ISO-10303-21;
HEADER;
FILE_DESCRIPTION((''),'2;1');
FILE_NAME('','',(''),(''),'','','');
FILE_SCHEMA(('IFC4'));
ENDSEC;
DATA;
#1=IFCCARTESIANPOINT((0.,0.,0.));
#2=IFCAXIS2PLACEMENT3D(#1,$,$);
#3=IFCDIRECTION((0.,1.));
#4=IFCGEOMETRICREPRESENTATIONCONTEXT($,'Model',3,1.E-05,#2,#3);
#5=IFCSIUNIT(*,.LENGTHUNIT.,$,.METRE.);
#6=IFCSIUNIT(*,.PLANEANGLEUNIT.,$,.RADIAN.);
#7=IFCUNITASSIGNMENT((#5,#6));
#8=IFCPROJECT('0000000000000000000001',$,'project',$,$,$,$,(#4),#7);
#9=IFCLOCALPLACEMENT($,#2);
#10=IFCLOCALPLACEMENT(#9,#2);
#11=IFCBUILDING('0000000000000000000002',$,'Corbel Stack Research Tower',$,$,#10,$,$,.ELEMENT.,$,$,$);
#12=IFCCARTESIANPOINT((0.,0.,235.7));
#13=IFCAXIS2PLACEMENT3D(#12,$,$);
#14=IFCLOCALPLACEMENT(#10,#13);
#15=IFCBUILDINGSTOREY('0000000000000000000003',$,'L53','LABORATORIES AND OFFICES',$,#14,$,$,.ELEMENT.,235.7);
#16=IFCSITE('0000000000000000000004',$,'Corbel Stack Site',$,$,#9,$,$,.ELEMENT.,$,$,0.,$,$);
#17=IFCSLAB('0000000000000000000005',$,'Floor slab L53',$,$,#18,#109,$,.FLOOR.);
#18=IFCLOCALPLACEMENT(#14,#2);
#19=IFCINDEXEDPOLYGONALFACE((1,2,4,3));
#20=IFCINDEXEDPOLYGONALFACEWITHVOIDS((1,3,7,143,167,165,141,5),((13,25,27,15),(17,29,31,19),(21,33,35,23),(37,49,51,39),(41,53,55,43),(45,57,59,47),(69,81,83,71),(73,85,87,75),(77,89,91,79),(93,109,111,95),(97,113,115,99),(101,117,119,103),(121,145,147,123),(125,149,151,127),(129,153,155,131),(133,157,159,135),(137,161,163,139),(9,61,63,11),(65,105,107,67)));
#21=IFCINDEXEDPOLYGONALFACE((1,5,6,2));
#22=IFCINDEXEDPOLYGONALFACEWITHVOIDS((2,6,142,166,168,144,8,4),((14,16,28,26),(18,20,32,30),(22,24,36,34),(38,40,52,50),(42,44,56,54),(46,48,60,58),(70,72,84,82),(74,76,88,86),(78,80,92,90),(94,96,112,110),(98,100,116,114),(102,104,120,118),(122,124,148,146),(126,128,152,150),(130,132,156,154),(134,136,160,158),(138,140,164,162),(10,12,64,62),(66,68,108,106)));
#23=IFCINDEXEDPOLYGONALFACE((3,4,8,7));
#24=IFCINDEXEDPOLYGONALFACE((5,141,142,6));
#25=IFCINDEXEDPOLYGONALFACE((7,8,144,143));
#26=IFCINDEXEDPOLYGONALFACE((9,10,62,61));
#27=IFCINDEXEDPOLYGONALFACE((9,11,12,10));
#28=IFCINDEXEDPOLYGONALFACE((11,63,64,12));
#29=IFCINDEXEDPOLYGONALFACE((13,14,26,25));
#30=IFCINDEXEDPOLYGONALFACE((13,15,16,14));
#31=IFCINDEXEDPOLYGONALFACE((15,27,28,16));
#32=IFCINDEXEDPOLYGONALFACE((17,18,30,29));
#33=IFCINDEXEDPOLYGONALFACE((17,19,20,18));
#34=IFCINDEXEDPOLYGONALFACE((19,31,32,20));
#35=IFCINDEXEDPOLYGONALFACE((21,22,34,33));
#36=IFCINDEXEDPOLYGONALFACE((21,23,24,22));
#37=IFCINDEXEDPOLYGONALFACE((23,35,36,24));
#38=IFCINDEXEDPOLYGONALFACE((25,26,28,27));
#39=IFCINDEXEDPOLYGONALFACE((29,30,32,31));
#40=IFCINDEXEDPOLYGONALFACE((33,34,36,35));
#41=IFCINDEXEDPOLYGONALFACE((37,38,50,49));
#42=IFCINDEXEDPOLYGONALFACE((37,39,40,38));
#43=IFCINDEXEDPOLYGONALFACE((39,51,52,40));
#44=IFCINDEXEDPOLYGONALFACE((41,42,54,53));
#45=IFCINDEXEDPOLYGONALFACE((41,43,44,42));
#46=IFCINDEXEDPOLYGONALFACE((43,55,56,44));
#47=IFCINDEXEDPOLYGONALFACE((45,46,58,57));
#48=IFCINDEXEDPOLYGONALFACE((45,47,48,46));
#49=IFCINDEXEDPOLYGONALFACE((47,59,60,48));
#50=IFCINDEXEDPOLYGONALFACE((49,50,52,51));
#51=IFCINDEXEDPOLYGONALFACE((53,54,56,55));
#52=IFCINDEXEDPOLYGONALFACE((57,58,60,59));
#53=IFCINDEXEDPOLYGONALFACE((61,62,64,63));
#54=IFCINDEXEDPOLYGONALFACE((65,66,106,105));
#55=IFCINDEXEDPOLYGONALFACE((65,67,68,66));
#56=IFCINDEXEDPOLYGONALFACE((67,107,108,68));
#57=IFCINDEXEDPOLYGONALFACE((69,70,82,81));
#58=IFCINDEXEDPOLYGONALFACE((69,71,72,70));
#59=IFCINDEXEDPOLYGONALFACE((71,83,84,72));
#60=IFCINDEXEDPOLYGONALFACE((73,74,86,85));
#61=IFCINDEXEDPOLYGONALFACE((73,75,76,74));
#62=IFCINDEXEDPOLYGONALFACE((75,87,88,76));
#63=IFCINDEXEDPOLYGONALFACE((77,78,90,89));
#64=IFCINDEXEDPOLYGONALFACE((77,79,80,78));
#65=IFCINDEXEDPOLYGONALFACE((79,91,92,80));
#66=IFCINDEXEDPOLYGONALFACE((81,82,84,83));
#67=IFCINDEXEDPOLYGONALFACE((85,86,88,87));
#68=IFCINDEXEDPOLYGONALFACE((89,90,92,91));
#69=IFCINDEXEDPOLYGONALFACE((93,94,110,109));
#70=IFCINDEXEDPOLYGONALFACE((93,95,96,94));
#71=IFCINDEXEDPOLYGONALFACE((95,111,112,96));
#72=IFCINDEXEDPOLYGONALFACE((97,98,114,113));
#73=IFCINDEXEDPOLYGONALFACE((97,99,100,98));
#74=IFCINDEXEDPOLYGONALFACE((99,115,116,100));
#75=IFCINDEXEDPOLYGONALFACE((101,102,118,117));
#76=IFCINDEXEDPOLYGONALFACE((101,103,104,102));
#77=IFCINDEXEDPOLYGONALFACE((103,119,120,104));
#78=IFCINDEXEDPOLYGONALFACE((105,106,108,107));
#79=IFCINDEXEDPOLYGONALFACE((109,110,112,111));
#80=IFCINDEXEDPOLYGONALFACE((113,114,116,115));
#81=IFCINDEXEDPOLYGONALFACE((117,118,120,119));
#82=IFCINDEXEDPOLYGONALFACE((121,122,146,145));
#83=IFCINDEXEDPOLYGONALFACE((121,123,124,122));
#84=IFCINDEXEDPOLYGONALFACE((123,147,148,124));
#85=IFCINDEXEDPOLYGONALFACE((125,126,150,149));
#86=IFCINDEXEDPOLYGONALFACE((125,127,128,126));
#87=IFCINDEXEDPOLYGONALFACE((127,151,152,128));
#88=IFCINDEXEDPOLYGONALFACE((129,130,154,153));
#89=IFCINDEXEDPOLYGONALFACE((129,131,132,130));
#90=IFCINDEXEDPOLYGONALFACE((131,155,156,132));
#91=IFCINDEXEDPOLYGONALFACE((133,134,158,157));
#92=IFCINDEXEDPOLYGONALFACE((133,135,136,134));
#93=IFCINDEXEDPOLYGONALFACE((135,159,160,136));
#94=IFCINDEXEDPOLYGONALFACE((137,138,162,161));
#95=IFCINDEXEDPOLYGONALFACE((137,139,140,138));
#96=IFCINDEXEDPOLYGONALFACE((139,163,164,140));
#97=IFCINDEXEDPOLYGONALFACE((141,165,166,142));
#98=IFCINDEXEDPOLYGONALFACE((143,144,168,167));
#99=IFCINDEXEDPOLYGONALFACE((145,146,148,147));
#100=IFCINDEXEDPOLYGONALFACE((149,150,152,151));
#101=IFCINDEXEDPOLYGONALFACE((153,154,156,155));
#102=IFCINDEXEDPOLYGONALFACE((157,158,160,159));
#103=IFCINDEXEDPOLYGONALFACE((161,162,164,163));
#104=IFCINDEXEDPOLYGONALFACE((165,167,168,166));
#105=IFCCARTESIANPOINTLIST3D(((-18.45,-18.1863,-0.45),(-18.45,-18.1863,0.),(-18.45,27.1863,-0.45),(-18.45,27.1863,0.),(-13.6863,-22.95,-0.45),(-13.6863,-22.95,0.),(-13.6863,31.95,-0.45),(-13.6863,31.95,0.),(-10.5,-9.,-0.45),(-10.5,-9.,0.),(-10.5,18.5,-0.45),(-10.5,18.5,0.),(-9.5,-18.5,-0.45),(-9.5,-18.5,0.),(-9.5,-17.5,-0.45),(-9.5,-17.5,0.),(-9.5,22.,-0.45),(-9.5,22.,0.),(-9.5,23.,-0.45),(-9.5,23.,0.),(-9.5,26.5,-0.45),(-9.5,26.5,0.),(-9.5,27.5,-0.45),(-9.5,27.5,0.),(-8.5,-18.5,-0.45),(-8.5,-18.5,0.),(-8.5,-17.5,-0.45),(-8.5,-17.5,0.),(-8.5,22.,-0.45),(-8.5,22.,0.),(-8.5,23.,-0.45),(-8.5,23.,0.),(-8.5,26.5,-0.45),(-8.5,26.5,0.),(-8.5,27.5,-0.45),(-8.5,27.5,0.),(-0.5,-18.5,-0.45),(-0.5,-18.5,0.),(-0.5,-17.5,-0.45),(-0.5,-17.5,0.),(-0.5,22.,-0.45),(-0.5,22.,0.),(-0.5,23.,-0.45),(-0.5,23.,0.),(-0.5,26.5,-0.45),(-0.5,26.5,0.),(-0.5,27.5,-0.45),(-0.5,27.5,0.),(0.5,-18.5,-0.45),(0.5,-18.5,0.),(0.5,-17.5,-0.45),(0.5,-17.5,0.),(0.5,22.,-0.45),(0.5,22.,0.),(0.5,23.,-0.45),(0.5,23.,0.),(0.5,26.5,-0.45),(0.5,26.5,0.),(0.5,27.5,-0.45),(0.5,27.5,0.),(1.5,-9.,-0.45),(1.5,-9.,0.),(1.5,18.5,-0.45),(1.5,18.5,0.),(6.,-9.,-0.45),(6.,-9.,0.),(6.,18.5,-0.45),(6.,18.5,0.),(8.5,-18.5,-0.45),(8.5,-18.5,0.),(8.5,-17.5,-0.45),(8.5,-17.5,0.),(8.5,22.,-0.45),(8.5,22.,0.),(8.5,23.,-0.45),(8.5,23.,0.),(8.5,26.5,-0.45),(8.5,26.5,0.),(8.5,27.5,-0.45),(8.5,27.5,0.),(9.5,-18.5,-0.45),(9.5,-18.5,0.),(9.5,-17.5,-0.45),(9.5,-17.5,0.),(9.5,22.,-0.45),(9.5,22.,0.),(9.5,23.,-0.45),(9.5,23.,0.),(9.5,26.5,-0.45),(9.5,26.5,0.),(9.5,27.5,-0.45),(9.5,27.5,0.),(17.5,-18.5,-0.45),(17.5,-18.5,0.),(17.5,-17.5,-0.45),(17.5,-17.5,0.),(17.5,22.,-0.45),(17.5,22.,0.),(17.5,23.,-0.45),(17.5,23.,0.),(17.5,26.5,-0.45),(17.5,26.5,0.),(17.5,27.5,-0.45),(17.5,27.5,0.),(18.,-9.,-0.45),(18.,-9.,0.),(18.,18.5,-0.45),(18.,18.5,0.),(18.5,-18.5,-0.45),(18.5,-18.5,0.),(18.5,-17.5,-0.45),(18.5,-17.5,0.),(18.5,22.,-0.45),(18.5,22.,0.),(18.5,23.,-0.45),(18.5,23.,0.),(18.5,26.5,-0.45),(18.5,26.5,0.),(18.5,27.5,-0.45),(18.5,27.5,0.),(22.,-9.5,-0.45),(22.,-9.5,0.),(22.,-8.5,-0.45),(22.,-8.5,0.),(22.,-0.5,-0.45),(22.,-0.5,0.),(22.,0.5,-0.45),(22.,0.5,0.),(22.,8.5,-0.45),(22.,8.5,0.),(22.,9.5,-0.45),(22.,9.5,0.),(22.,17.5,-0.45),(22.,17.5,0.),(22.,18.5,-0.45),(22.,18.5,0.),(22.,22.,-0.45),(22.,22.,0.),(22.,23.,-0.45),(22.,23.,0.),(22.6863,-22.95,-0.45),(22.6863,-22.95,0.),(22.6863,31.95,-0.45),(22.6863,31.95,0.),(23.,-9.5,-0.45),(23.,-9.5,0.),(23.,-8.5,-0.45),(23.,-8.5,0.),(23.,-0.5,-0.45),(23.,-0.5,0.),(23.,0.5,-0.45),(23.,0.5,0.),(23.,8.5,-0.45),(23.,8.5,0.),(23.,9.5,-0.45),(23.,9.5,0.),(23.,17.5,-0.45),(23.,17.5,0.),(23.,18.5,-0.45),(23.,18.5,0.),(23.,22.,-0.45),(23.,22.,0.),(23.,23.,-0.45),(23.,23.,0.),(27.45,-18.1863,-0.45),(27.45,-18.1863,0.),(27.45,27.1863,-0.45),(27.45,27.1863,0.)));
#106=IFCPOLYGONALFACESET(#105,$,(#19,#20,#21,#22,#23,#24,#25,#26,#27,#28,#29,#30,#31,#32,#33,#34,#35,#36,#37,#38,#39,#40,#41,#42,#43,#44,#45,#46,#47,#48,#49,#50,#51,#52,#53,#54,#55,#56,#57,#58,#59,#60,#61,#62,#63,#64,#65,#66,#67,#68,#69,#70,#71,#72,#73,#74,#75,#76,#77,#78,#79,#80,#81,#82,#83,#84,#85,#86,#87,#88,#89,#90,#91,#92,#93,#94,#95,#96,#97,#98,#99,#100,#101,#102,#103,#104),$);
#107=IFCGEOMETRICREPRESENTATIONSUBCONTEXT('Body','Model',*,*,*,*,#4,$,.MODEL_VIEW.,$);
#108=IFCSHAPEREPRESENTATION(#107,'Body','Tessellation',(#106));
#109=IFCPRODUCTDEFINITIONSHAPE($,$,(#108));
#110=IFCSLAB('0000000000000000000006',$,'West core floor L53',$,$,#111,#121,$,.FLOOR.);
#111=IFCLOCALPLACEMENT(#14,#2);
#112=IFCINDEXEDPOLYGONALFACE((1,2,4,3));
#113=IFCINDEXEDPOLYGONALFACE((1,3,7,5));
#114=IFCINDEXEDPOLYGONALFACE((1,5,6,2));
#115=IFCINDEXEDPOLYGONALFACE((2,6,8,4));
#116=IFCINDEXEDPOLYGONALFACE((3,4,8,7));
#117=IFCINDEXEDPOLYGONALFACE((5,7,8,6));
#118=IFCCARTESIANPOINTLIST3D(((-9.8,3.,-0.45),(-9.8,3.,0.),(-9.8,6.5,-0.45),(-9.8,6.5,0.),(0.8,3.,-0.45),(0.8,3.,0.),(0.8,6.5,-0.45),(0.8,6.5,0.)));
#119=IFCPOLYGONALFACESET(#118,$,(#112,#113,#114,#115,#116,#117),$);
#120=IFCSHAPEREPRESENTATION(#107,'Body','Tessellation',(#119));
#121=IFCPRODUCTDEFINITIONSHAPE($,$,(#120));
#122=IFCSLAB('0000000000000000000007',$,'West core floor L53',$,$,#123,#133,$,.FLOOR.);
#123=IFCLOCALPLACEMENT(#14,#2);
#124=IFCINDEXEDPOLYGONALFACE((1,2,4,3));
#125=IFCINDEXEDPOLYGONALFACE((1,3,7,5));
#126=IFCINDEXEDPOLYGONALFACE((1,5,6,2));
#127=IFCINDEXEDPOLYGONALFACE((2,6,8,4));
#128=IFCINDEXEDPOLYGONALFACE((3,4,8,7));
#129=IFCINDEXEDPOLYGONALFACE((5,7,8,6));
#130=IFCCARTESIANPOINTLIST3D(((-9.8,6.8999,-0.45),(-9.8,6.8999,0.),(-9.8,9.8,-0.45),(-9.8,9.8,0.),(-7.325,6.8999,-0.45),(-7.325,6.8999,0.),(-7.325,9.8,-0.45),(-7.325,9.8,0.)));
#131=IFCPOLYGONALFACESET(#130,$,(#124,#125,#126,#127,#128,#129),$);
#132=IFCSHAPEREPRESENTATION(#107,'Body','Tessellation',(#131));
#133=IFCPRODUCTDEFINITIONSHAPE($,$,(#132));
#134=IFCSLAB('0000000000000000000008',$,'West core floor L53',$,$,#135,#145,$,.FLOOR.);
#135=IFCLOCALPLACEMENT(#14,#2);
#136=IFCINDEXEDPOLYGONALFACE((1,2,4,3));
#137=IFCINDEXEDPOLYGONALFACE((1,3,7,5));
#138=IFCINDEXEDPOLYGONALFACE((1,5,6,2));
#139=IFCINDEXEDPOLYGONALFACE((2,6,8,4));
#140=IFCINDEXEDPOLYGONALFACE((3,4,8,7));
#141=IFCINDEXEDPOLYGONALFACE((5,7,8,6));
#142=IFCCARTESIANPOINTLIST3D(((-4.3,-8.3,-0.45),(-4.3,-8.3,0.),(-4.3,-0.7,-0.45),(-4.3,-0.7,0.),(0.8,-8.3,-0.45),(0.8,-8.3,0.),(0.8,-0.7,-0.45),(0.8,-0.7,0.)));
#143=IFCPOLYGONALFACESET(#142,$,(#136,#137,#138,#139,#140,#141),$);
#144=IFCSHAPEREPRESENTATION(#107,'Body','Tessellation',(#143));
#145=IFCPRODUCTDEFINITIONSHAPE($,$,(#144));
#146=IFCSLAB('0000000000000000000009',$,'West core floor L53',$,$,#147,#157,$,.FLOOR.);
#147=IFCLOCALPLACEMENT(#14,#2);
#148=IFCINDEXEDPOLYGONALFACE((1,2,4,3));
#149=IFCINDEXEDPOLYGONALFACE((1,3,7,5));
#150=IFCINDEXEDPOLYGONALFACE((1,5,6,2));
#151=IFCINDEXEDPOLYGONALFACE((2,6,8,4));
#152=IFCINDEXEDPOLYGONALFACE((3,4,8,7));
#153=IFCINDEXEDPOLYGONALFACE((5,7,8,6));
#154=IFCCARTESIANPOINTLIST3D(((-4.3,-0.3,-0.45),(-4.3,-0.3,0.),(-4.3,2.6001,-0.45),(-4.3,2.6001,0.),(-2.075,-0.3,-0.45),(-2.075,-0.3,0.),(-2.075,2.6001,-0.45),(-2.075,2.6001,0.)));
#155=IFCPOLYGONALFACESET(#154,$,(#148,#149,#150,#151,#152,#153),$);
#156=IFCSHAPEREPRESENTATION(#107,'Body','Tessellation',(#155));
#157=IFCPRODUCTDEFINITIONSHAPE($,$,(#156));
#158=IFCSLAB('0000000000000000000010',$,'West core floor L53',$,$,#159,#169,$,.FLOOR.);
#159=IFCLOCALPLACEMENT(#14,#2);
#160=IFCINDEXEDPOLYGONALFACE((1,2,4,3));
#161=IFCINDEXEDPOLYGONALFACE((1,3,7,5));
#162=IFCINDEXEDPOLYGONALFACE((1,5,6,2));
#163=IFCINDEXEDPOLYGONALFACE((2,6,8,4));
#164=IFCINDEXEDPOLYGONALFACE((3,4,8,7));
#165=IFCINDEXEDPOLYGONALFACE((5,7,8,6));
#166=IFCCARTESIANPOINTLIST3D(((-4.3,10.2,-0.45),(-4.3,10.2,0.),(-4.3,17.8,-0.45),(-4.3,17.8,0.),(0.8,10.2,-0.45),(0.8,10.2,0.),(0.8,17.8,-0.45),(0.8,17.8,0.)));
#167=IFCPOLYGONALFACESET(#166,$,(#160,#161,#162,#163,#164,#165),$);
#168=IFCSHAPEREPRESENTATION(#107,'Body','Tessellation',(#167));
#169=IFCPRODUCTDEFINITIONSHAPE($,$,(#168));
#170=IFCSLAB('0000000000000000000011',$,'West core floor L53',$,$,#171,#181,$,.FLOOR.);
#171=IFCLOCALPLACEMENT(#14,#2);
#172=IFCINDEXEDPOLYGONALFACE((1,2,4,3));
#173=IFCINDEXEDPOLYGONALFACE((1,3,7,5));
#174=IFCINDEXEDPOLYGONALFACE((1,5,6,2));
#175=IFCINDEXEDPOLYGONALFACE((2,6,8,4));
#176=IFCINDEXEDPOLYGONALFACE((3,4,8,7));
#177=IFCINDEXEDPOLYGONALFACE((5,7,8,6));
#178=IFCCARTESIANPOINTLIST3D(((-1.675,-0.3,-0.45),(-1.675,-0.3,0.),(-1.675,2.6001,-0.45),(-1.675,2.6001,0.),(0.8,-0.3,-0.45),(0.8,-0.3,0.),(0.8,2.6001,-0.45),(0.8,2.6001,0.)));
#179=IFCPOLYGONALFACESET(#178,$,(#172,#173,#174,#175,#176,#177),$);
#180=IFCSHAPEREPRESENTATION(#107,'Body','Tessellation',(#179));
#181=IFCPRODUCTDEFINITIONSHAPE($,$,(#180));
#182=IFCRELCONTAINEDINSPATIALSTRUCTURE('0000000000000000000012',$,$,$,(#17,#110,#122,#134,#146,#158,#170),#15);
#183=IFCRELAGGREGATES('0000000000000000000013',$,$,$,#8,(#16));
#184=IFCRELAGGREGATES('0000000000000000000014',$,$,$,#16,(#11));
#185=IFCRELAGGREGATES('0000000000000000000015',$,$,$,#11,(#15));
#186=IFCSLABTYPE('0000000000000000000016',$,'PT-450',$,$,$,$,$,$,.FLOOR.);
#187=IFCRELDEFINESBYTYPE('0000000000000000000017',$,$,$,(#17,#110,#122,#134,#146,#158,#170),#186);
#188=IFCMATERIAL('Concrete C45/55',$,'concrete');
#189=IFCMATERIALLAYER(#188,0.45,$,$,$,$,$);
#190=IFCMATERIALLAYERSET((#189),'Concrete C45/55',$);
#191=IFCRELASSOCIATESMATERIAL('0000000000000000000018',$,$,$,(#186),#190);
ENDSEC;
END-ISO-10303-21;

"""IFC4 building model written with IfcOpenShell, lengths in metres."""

from ifc_helpers import new_model, si_unit, direction, frame, origin, place, context, subcontext, project, spatial, polyline, outline, extrude, material, layer, layer_set, type_object, element, save


model = new_model("IFC4")

# Units and contexts
model_context = context("Model", 3, precision=1e-05, world=origin(), true_north=direction((0.0, 1.0)))
body_context = subcontext(model_context, "Body", "Model", "MODEL_VIEW")
ifc_project = project(units=[si_unit("LENGTHUNIT", "METRE"), si_unit("PLANEANGLEUNIT", "RADIAN")], contexts=[model_context])

# Site, building, storey
site_placement = place(None, origin())
site = spatial("IfcSite", under=ifc_project, at=site_placement, Name="Corbel Stack Site", CompositionType="ELEMENT", RefElevation=0.0)
building_placement = place(site_placement, origin())
building = spatial("IfcBuilding", under=site, at=building_placement, Name="Corbel Stack Research Tower", CompositionType="ELEMENT")
storey_placement = place(building_placement, frame((0.0, 0.0, 235.7)))
storey = spatial("IfcBuildingStorey", under=building, at=storey_placement, Name="L53", Description="LABORATORIES AND OFFICES", CompositionType="ELEMENT", Elevation=235.7)

# Slabs
ifc_material_1 = material(Name="Concrete C45/55", Category="concrete")
ifc_layer_1 = layer(ifc_material_1, 0.45)
ifc_layer_set_1 = layer_set([ifc_layer_1], Name="Concrete C45/55")
slab_type_1 = type_object("IfcSlabType", Name="PT-450", PredefinedType="FLOOR", material=ifc_layer_set_1)
slab_1_placement = place(storey_placement, frame((0.0, 0.0, -0.45)))
element("IfcSlab", 1, at=slab_1_placement, inside=storey, type_object=slab_type_1, Name="Floor slab L53", PredefinedType="FLOOR", context=body_context, shape_type="SweptSolid", body=[
    extrude(outline(polyline([(-13.6863, -22.95), (22.6863, -22.95), (27.45, -18.1863), (27.45, 27.1863), (22.6863, 31.95), (-13.6863, 31.95), (-18.45, 27.1863), (-18.45, -18.1863), (-13.6863, -22.95)]), holes=[polyline([(22.0, 22.0), (22.0, 23.0), (23.0, 23.0), (23.0, 22.0), (22.0, 22.0)]), polyline([(23.0, 17.5), (22.0, 17.5), (22.0, 18.5), (23.0, 18.5), (23.0, 17.5)]), polyline([(23.0, 8.5), (22.0, 8.5), (22.0, 9.5), (23.0, 9.5), (23.0, 8.5)]), polyline([(22.0, -0.5), (22.0, 0.5), (23.0, 0.5), (23.0, -0.5), (22.0, -0.5)]), polyline([(23.0, -9.5), (22.0, -9.5), (22.0, -8.5), (23.0, -8.5), (23.0, -9.5)]), polyline([(17.5, 26.5), (17.5, 27.5), (18.5, 27.5), (18.5, 26.5), (17.5, 26.5)]), polyline([(18.5, 22.0), (17.5, 22.0), (17.5, 23.0), (18.5, 23.0), (18.5, 22.0)]), polyline([(18.5, -18.5), (17.5, -18.5), (17.5, -17.5), (18.5, -17.5), (18.5, -18.5)]), polyline([(6.0, -9.0), (6.0, 18.5), (18.0, 18.5), (18.0, -9.0), (6.0, -9.0)]), polyline([(9.5, 26.5), (8.5, 26.5), (8.5, 27.5), (9.5, 27.5), (9.5, 26.5)]), polyline([(9.5, 22.0), (8.5, 22.0), (8.5, 23.0), (9.5, 23.0), (9.5, 22.0)]), polyline([(9.5, -18.5), (8.5, -18.5), (8.5, -17.5), (9.5, -17.5), (9.5, -18.5)]), polyline([(1.5, -9.0), (-10.5, -9.0), (-10.5, 18.5), (1.5, 18.5), (1.5, -9.0)]), polyline([(-0.5, 26.5), (-0.5, 27.5), (0.5, 27.5), (0.5, 26.5), (-0.5, 26.5)]), polyline([(0.5, 22.0), (-0.5, 22.0), (-0.5, 23.0), (0.5, 23.0), (0.5, 22.0)]), polyline([(0.5, -18.5), (-0.5, -18.5), (-0.5, -17.5), (0.5, -17.5), (0.5, -18.5)]), polyline([(-9.5, 26.5), (-9.5, 27.5), (-8.5, 27.5), (-8.5, 26.5), (-9.5, 26.5)]), polyline([(-8.5, 22.0), (-9.5, 22.0), (-9.5, 23.0), (-8.5, 23.0), (-8.5, 22.0)]), polyline([(-8.5, -18.5), (-9.5, -18.5), (-9.5, -17.5), (-8.5, -17.5), (-8.5, -18.5)])]), origin(), (0.0, 0.0, 1.0), 0.45),
])
slab_2_placement = place(storey_placement, frame((0.0, 0.0, -0.45)))
element("IfcSlab", 2, at=slab_2_placement, inside=storey, type_object=slab_type_1, Name="West core floor L53", PredefinedType="FLOOR", context=body_context, shape_type="SweptSolid", body=[
    extrude(outline(polyline([(-9.8, 6.5), (-9.8, 3.0), (0.8, 3.0), (0.8, 6.5), (-9.8, 6.5)])), origin(), (0.0, 0.0, 1.0), 0.45),
])
slab_3_placement = place(storey_placement, frame((0.0, 0.0, -0.45)))
element("IfcSlab", 3, at=slab_3_placement, inside=storey, type_object=slab_type_1, Name="West core floor L53", PredefinedType="FLOOR", context=body_context, shape_type="SweptSolid", body=[
    extrude(outline(polyline([(-9.8, 6.8999), (-7.325, 6.8999), (-7.325, 9.8), (-9.8, 9.8), (-9.8, 6.8999)])), origin(), (0.0, 0.0, 1.0), 0.45),
])
slab_4_placement = place(storey_placement, frame((0.0, 0.0, -0.45)))
element("IfcSlab", 4, at=slab_4_placement, inside=storey, type_object=slab_type_1, Name="West core floor L53", PredefinedType="FLOOR", context=body_context, shape_type="SweptSolid", body=[
    extrude(outline(polyline([(-4.3, -0.7), (-4.3, -8.3), (0.8, -8.3), (0.8, -0.7), (-4.3, -0.7)])), origin(), (0.0, 0.0, 1.0), 0.45),
])
slab_5_placement = place(storey_placement, frame((0.0, 0.0, -0.45)))
element("IfcSlab", 5, at=slab_5_placement, inside=storey, type_object=slab_type_1, Name="West core floor L53", PredefinedType="FLOOR", context=body_context, shape_type="SweptSolid", body=[
    extrude(outline(polyline([(-4.3, 2.6001), (-4.3, -0.3), (-2.075, -0.3), (-2.075, 2.6001), (-4.3, 2.6001)])), origin(), (0.0, 0.0, 1.0), 0.45),
])
slab_6_placement = place(storey_placement, frame((0.0, 0.0, -0.45)))
element("IfcSlab", 6, at=slab_6_placement, inside=storey, type_object=slab_type_1, Name="West core floor L53", PredefinedType="FLOOR", context=body_context, shape_type="SweptSolid", body=[
    extrude(outline(polyline([(-4.3, 17.8), (-4.3, 10.2), (0.8, 10.2), (0.8, 17.8), (-4.3, 17.8)])), origin(), (0.0, 0.0, 1.0), 0.45),
])
slab_7_placement = place(storey_placement, frame((0.0, 0.0, -0.45)))
element("IfcSlab", 7, at=slab_7_placement, inside=storey, type_object=slab_type_1, Name="West core floor L53", PredefinedType="FLOOR", context=body_context, shape_type="SweptSolid", body=[
    extrude(outline(polyline([(-1.675, 2.6001), (-1.675, -0.3), (0.8, -0.3), (0.8, 2.6001), (-1.675, 2.6001)])), origin(), (0.0, 0.0, 1.0), 0.45),
])

save(model, "model.ifc")
